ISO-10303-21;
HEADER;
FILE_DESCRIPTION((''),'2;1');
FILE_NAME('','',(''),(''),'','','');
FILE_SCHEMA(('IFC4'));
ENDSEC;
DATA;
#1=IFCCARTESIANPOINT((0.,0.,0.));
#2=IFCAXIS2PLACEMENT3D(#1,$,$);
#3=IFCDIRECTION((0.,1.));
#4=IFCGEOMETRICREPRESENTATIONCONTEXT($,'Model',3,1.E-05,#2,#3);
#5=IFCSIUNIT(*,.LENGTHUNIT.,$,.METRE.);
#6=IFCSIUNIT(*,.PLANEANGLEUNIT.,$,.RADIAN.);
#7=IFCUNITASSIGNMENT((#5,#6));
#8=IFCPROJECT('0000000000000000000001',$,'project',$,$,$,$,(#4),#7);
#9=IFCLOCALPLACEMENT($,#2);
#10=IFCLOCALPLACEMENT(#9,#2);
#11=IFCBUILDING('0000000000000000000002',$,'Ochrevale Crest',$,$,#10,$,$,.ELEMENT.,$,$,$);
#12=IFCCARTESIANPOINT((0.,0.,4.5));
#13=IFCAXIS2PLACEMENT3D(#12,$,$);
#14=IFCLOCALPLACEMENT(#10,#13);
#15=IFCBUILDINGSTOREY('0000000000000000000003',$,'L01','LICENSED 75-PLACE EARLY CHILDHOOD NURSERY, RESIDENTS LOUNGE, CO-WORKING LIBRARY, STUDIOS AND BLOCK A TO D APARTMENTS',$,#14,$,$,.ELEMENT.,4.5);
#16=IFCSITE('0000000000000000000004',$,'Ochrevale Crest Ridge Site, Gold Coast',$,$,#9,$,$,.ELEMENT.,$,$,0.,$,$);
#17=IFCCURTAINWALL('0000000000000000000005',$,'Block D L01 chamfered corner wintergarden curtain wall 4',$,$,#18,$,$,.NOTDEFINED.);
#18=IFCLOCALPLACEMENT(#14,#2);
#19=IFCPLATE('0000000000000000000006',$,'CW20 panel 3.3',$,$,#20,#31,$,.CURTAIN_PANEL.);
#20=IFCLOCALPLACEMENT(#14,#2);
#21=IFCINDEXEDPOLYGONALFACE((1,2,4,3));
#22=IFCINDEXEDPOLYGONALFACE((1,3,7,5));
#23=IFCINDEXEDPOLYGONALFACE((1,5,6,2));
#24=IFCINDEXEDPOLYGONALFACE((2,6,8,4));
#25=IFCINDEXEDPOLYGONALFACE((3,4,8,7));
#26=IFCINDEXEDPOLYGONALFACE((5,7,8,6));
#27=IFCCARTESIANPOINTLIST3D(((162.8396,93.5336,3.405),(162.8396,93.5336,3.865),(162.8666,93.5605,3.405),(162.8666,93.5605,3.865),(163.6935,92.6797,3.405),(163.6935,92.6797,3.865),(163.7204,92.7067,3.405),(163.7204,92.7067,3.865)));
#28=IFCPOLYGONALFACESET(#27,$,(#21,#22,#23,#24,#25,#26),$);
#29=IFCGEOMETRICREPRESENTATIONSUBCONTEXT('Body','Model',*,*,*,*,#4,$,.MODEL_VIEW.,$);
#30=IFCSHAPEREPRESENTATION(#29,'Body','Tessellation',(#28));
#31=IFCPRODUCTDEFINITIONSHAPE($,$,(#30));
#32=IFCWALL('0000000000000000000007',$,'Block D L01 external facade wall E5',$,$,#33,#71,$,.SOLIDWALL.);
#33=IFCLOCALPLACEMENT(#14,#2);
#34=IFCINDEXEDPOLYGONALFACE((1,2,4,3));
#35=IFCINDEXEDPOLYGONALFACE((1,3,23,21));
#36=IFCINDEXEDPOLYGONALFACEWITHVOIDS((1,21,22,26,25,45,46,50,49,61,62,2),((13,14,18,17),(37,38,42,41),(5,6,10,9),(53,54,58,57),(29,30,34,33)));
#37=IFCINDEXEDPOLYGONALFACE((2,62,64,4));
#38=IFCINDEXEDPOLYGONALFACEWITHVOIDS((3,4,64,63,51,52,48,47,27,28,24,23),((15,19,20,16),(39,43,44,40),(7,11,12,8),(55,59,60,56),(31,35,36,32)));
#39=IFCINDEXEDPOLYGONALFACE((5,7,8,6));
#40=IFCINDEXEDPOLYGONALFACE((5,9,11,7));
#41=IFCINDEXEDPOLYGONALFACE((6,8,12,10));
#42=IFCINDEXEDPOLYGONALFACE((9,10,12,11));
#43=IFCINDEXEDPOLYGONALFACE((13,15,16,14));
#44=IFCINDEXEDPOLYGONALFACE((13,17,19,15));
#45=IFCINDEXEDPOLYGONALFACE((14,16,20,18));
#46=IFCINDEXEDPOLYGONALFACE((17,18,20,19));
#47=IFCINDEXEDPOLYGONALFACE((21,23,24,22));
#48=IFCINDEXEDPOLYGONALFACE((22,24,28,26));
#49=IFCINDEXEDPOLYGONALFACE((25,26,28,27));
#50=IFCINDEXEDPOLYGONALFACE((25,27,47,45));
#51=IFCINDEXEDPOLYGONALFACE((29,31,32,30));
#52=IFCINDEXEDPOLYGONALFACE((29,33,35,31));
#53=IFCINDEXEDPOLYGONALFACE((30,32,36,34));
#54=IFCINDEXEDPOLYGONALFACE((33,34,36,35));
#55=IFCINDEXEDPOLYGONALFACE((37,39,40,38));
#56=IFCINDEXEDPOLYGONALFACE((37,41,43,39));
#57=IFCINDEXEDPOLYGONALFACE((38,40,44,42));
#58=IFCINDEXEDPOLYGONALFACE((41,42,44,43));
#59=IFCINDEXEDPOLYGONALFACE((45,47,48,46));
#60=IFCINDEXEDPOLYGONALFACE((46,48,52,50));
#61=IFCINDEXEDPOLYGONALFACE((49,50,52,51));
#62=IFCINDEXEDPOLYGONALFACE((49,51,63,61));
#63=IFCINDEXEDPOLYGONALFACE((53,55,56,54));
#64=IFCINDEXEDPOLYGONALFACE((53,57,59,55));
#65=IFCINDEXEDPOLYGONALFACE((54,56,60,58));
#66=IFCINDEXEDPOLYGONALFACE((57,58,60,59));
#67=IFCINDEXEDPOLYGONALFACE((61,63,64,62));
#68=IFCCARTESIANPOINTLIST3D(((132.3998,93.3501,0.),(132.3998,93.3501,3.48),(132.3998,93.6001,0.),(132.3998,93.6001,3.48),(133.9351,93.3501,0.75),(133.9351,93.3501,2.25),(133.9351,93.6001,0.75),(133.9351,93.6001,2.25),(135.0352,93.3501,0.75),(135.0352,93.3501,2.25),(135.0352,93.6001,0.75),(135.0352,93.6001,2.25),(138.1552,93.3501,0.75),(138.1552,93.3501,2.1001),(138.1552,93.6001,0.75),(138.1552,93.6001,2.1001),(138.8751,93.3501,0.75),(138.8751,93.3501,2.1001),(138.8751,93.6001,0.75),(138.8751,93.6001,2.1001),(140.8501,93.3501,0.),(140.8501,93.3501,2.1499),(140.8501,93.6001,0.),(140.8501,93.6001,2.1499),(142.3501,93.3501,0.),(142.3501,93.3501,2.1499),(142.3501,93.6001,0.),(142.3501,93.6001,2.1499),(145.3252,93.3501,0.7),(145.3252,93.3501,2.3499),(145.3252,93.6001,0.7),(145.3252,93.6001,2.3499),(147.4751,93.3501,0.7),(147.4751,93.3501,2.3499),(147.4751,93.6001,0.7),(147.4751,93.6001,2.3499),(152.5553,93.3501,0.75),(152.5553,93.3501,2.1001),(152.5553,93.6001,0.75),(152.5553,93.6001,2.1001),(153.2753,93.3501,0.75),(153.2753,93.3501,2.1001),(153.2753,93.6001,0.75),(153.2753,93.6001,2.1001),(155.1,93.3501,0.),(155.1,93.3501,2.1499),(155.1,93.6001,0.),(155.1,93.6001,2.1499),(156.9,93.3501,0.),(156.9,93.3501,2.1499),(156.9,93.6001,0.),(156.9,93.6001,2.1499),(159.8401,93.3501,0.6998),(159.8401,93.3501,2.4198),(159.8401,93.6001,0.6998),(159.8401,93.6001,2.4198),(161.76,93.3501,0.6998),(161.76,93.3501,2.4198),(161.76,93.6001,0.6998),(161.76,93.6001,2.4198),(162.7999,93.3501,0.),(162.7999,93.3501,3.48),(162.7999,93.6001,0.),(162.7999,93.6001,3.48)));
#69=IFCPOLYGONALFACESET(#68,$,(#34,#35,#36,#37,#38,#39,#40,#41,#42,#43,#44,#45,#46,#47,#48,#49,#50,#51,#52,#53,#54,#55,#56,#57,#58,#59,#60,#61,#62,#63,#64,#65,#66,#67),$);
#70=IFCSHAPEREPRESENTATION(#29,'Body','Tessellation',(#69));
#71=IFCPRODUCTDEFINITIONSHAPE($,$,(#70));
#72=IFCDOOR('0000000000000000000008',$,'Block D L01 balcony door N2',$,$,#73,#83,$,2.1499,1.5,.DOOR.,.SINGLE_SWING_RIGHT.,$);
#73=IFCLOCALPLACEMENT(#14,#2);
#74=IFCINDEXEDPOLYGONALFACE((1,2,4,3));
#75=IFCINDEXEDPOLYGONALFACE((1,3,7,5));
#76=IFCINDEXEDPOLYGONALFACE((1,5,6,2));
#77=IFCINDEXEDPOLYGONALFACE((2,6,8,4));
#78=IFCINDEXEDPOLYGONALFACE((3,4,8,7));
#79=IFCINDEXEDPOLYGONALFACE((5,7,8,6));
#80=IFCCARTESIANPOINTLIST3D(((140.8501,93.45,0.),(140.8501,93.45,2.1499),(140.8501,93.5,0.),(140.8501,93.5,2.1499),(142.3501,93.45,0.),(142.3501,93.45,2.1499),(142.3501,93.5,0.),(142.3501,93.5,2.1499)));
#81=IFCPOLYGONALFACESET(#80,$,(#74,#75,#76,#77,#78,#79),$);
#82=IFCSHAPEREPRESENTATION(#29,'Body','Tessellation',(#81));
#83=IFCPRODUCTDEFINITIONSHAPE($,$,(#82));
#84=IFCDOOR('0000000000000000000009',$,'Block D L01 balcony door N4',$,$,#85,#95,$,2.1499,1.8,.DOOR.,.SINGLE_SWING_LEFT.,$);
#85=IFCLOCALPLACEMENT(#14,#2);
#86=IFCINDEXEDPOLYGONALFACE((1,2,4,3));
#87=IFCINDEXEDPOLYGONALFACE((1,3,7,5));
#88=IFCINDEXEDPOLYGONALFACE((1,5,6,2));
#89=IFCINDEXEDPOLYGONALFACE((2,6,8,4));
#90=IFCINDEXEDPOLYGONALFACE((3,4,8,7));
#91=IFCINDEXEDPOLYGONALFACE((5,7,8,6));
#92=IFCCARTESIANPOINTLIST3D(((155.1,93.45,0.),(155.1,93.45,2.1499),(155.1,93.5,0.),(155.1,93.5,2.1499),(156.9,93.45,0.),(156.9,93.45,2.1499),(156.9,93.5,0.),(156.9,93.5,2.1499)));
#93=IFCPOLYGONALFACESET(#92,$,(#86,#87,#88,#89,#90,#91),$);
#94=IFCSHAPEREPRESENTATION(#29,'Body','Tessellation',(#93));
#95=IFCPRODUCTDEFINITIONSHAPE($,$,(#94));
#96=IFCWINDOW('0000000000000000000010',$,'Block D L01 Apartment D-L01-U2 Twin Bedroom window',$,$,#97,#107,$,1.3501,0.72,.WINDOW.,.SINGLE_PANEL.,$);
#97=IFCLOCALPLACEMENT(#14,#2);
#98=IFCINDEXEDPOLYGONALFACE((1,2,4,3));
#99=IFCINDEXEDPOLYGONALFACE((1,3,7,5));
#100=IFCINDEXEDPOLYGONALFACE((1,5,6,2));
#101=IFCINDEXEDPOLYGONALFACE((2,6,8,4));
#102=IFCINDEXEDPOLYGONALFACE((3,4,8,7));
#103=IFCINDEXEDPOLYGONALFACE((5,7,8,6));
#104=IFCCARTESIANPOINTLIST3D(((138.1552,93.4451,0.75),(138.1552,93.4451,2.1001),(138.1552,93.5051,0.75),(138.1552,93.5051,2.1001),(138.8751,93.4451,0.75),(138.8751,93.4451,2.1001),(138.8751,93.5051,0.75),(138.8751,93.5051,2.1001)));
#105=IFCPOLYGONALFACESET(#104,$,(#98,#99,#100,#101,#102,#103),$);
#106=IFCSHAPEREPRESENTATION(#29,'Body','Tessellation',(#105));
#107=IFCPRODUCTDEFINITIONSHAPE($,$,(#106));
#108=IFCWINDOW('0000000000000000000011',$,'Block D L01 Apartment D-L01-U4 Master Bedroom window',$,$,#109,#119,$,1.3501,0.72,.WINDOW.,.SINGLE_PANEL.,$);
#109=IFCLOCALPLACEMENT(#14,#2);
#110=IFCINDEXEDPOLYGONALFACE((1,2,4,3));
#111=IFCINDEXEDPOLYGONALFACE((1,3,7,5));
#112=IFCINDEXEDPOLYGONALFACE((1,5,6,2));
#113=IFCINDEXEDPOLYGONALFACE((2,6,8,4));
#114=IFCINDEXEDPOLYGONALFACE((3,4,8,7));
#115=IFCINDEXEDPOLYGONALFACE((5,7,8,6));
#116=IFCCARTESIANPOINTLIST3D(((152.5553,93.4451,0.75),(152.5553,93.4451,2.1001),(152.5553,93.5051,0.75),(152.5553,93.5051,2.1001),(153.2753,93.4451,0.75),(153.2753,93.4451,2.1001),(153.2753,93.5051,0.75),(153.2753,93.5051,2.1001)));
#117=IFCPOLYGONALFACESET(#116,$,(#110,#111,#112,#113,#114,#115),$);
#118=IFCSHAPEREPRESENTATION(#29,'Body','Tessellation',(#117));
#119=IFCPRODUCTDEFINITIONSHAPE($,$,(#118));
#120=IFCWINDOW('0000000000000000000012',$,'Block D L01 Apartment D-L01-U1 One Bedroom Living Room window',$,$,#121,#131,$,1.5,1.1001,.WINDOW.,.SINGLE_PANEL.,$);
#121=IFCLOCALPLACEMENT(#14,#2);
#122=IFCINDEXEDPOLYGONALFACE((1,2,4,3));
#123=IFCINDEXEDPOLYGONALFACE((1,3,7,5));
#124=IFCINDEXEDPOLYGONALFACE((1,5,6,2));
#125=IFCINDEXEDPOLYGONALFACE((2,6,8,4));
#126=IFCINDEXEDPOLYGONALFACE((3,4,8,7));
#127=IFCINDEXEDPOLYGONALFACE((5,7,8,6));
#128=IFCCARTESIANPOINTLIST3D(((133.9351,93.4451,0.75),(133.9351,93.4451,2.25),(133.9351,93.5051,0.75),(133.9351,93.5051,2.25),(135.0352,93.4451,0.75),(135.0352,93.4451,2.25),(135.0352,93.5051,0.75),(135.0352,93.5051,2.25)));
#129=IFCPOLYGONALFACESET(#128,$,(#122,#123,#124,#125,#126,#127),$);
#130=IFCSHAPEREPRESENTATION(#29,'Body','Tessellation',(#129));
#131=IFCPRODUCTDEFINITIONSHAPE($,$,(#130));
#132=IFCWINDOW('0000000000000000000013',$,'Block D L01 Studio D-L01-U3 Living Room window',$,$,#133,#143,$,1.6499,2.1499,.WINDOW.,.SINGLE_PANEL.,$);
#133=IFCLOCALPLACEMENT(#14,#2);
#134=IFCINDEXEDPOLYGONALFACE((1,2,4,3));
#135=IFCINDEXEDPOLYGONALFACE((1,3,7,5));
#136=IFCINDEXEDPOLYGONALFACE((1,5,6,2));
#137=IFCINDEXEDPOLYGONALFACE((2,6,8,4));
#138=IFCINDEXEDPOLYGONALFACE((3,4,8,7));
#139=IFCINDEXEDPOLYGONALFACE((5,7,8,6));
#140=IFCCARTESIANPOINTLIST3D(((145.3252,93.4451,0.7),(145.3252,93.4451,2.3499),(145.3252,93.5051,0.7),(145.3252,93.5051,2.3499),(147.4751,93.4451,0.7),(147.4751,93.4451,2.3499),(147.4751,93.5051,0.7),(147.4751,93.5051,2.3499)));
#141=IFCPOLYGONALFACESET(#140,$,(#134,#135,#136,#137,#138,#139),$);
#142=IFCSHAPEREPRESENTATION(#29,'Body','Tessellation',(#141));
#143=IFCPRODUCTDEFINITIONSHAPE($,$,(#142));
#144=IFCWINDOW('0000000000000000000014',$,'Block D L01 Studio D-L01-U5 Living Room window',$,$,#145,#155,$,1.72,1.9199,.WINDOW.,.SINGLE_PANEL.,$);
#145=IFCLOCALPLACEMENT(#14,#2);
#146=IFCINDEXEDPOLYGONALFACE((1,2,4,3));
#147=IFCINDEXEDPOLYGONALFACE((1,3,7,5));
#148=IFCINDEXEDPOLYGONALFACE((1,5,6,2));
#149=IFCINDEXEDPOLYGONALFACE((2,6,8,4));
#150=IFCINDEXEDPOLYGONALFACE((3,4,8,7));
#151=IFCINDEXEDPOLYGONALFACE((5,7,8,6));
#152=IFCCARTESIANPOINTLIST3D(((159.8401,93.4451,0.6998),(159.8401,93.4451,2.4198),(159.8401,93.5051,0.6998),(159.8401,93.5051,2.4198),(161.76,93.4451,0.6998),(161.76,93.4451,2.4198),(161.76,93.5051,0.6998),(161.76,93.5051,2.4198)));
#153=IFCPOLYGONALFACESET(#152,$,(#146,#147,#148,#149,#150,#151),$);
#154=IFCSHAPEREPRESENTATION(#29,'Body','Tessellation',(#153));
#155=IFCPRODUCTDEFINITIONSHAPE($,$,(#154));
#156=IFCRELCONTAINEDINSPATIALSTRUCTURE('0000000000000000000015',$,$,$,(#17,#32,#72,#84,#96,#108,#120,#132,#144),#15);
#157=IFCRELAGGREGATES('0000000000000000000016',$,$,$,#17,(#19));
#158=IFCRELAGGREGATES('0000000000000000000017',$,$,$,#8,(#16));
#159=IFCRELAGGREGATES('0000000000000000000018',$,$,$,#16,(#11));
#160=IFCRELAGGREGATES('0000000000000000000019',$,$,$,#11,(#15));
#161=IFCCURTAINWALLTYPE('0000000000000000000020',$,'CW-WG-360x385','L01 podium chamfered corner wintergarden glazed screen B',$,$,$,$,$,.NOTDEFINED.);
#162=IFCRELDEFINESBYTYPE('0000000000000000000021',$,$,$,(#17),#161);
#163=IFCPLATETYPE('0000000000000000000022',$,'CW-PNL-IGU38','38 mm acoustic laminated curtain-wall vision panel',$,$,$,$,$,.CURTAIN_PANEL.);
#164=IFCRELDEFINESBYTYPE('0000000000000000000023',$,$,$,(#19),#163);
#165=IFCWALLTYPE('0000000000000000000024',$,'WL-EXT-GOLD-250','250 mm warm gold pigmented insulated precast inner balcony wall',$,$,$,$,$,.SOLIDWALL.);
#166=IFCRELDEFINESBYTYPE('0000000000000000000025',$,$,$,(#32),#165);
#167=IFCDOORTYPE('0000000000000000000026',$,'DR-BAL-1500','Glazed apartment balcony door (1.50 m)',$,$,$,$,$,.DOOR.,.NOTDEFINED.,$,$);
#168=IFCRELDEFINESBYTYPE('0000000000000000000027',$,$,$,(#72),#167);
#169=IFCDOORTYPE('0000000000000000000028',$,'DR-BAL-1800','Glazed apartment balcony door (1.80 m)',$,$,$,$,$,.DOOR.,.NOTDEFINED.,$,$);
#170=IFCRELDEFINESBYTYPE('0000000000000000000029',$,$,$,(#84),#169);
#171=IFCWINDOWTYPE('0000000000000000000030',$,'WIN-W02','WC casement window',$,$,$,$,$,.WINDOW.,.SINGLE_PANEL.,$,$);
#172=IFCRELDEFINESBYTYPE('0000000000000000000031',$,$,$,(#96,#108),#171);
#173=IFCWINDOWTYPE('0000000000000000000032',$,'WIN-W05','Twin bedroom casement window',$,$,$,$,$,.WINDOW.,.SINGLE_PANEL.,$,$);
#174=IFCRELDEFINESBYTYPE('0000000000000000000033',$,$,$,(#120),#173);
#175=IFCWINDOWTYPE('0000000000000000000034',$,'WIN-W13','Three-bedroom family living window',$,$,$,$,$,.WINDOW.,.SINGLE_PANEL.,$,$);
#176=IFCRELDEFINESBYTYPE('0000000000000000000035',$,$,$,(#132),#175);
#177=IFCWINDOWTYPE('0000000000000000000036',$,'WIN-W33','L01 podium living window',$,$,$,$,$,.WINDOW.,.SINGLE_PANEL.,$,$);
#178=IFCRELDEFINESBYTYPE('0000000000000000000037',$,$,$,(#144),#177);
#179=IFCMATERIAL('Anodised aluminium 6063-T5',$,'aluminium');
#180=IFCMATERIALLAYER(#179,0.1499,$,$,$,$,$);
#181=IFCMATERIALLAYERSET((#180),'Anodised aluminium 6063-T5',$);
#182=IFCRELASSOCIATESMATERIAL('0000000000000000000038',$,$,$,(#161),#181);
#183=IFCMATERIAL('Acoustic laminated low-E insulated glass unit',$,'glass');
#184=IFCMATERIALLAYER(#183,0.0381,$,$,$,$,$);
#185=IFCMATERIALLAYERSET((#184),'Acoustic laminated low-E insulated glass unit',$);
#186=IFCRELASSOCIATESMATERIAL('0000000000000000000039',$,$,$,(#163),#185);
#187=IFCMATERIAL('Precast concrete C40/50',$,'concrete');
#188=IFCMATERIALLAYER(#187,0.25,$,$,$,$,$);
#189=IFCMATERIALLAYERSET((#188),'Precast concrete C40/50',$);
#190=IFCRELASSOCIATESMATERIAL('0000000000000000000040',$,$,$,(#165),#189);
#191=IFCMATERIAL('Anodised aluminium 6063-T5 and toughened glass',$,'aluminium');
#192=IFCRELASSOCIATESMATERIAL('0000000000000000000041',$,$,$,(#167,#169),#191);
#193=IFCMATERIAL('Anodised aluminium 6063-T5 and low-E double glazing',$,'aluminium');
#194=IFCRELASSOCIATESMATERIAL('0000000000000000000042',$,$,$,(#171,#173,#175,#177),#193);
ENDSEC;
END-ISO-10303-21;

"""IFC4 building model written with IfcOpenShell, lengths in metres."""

from ifc_helpers import new_model, si_unit, direction, frame, frame_2d, origin, origin_2d, place, context, subcontext, project, spatial, rectangle, extrude, material, layer, layer_set, type_object, element, fill, aggregate, save


model = new_model("IFC4")

# Units and contexts
model_context = context("Model", 3, precision=1e-05, world=origin(), true_north=direction((0.0, 1.0)))
body_context = subcontext(model_context, "Body", "Model", "MODEL_VIEW")
ifc_project = project(units=[si_unit("LENGTHUNIT", "METRE"), si_unit("PLANEANGLEUNIT", "RADIAN")], contexts=[model_context])

# Site, building, storey
site_placement = place(None, origin())
site = spatial("IfcSite", under=ifc_project, at=site_placement, Name="Ochrevale Crest Ridge Site, Gold Coast", CompositionType="ELEMENT", RefElevation=0.0)
building_placement = place(site_placement, origin())
building = spatial("IfcBuilding", under=site, at=building_placement, Name="Ochrevale Crest", CompositionType="ELEMENT")
storey_placement = place(building_placement, frame((0.0, 0.0, 4.5)))
storey = spatial("IfcBuildingStorey", under=building, at=storey_placement, Name="L01", Description="LICENSED 75-PLACE EARLY CHILDHOOD NURSERY, RESIDENTS LOUNGE, CO-WORKING LIBRARY, STUDIOS AND BLOCK A TO D APARTMENTS", CompositionType="ELEMENT", Elevation=4.5)

# Curtain wall, plate
ifc_material_1 = material(Name="Anodised aluminium 6063-T5", Category="aluminium")
ifc_layer_1 = layer(ifc_material_1, 0.1499)
ifc_layer_set_1 = layer_set([ifc_layer_1], Name="Anodised aluminium 6063-T5")
curtain_wall_type = type_object("IfcCurtainWallType", Name="CW-WG-360x385", Description="L01 podium chamfered corner wintergarden glazed screen B", PredefinedType="NOTDEFINED", material=ifc_layer_set_1)
curtain_wall_placement = place(storey_placement, origin())
curtain_wall = element("IfcCurtainWall", 1, at=curtain_wall_placement, inside=storey, type_object=curtain_wall_type, Name="Block D L01 chamfered corner wintergarden curtain wall 4", PredefinedType="NOTDEFINED")
ifc_material_2 = material(Name="Acoustic laminated low-E insulated glass unit", Category="glass")
ifc_layer_2 = layer(ifc_material_2, 0.0381)
ifc_layer_set_2 = layer_set([ifc_layer_2], Name="Acoustic laminated low-E insulated glass unit")
plate_type = type_object("IfcPlateType", Name="CW-PNL-IGU38", Description="38 mm acoustic laminated curtain-wall vision panel", PredefinedType="CURTAIN_PANEL", material=ifc_layer_set_2)
plate_1_placement = place(storey_placement, frame((163.28, 93.1201, 3.405), z_axis=(0.0, 0.0, 1.0), x_axis=(-0.707107, 0.707107, 0.0)))
plate_1 = element("IfcPlate", 2, at=plate_1_placement, type_object=plate_type, Name="CW20 panel 3.3", PredefinedType="CURTAIN_PANEL", context=body_context, shape_type="SweptSolid", body=[
    extrude(rectangle(XDim=1.2075, YDim=0.0381, at=origin_2d()), origin(), (0.0, 0.0, 1.0), 0.46),
])
aggregate(curtain_wall, [plate_1])

# Wall, openings, doors, windows
ifc_material_3 = material(Name="Precast concrete C40/50", Category="concrete")
ifc_layer_3 = layer(ifc_material_3, 0.25)
ifc_layer_set_3 = layer_set([ifc_layer_3], Name="Precast concrete C40/50")
wall_type = type_object("IfcWallType", Name="WL-EXT-GOLD-250", Description="250 mm warm gold pigmented insulated precast inner balcony wall", PredefinedType="SOLIDWALL", material=ifc_layer_set_3)
wall_placement = place(storey_placement, frame((162.8, 93.4751, 0.0), z_axis=(0.0, 0.0, 1.0), x_axis=(-1.0, 0.0, 0.0)))
wall = element("IfcWall", 3, at=wall_placement, inside=storey, type_object=wall_type, Name="Block D L01 external facade wall E5", PredefinedType="SOLIDWALL", context=body_context, shape_type="SweptSolid", body=[
    extrude(rectangle(XDim=30.4001, YDim=0.25, at=frame_2d((15.2002, 0.0))), origin(), (0.0, 0.0, 1.0), 3.48),
])
opening_1_placement = place(wall_placement, frame((21.95, 0.0, 0.0), z_axis=(0.0, 0.0, 1.0), x_axis=(-1.0, 0.0, 0.0)))
opening_1 = element("IfcOpeningElement", 4, at=opening_1_placement, cuts=wall, PredefinedType="OPENING", context=body_context, shape_type="SweptSolid", body=[
    extrude(rectangle(XDim=1.5, YDim=2.1499, at=frame_2d((0.75, 1.075))), frame((0.0, 0.135, 0.0), z_axis=(0.0, -1.0, 0.0), x_axis=(1.0, 0.0, 0.0)), (0.0, 0.0, 1.0), 0.27),
])
opening_2_placement = place(wall_placement, frame((7.7, 0.0, 0.0), z_axis=(0.0, 0.0, 1.0), x_axis=(-1.0, 0.0, 0.0)))
opening_2 = element("IfcOpeningElement", 5, at=opening_2_placement, cuts=wall, PredefinedType="OPENING", context=body_context, shape_type="SweptSolid", body=[
    extrude(rectangle(XDim=1.8, YDim=2.1499, at=frame_2d((0.8999, 1.075))), frame((0.0, 0.135, 0.0), z_axis=(0.0, -1.0, 0.0), x_axis=(1.0, 0.0, 0.0)), (0.0, 0.0, 1.0), 0.27),
])
opening_3_placement = place(wall_placement, frame((27.7649, 0.0, 0.75)))
opening_3 = element("IfcOpeningElement", 6, at=opening_3_placement, cuts=wall, PredefinedType="OPENING", context=body_context, shape_type="SweptSolid", body=[
    extrude(rectangle(XDim=1.1001, YDim=1.5, at=frame_2d((0.55, 0.75))), frame((0.0, 0.135, 0.0), z_axis=(0.0, -1.0, 0.0), x_axis=(1.0, 0.0, 0.0)), (0.0, 0.0, 1.0), 0.27),
])
opening_4_placement = place(wall_placement, frame((23.925, 0.0, 0.75)))
opening_4 = element("IfcOpeningElement", 7, at=opening_4_placement, cuts=wall, PredefinedType="OPENING", context=body_context, shape_type="SweptSolid", body=[
    extrude(rectangle(XDim=0.72, YDim=1.3501, at=frame_2d((0.3599, 0.675))), frame((0.0, 0.135, 0.0), z_axis=(0.0, -1.0, 0.0), x_axis=(1.0, 0.0, 0.0)), (0.0, 0.0, 1.0), 0.27),
])
opening_5_placement = place(wall_placement, frame((15.325, 0.0, 0.7)))
opening_5 = element("IfcOpeningElement", 8, at=opening_5_placement, cuts=wall, PredefinedType="OPENING", context=body_context, shape_type="SweptSolid", body=[
    extrude(rectangle(XDim=2.1499, YDim=1.6499, at=frame_2d((1.075, 0.825))), frame((0.0, 0.135, 0.0), z_axis=(0.0, -1.0, 0.0), x_axis=(1.0, 0.0, 0.0)), (0.0, 0.0, 1.0), 0.27),
])
opening_6_placement = place(wall_placement, frame((9.5249, 0.0, 0.75)))
opening_6 = element("IfcOpeningElement", 9, at=opening_6_placement, cuts=wall, PredefinedType="OPENING", context=body_context, shape_type="SweptSolid", body=[
    extrude(rectangle(XDim=0.72, YDim=1.3501, at=frame_2d((0.3599, 0.675))), frame((0.0, 0.135, 0.0), z_axis=(0.0, -1.0, 0.0), x_axis=(1.0, 0.0, 0.0)), (0.0, 0.0, 1.0), 0.27),
])
opening_7_placement = place(wall_placement, frame((1.04, 0.0, 0.7)))
opening_7 = element("IfcOpeningElement", 10, at=opening_7_placement, cuts=wall, PredefinedType="OPENING", context=body_context, shape_type="SweptSolid", body=[
    extrude(rectangle(XDim=1.9199, YDim=1.72, at=frame_2d((0.96, 0.8599))), frame((0.0, 0.135, 0.0), z_axis=(0.0, -1.0, 0.0), x_axis=(1.0, 0.0, 0.0)), (0.0, 0.0, 1.0), 0.27),
])
ifc_material_4 = material(Name="Anodised aluminium 6063-T5 and toughened glass", Category="aluminium")
door_type_1 = type_object("IfcDoorType", Name="DR-BAL-1500", Description="Glazed apartment balcony door (1.50 m)", OperationType="NOTDEFINED", PredefinedType="DOOR", material=ifc_material_4)
door_1_placement = place(opening_1_placement, origin())
door_1 = element("IfcDoor", 11, at=door_1_placement, inside=storey, type_object=door_type_1, Name="Block D L01 balcony door N2", OperationType="SINGLE_SWING_RIGHT", OverallHeight=2.1499, OverallWidth=1.5, PredefinedType="DOOR", context=body_context, shape_type="SweptSolid", body=[
    extrude(rectangle(XDim=1.5, YDim=2.1499, at=frame_2d((0.75, 1.075))), frame((0.0, 0.0249, 0.0), z_axis=(0.0, -1.0, 0.0), x_axis=(1.0, 0.0, 0.0)), (0.0, 0.0, 1.0), 0.05),
])
fill(opening_1, door_1)
door_type_2 = type_object("IfcDoorType", Name="DR-BAL-1800", Description="Glazed apartment balcony door (1.80 m)", OperationType="NOTDEFINED", PredefinedType="DOOR", material=ifc_material_4)
door_2_placement = place(opening_2_placement, origin())
door_2 = element("IfcDoor", 12, at=door_2_placement, inside=storey, type_object=door_type_2, Name="Block D L01 balcony door N4", OperationType="SINGLE_SWING_LEFT", OverallHeight=2.1499, OverallWidth=1.8, PredefinedType="DOOR", context=body_context, shape_type="SweptSolid", body=[
    extrude(rectangle(XDim=1.8, YDim=2.1499, at=frame_2d((0.8999, 1.075))), frame((0.0, 0.0249, 0.0), z_axis=(0.0, -1.0, 0.0), x_axis=(1.0, 0.0, 0.0)), (0.0, 0.0, 1.0), 0.05),
])
fill(opening_2, door_2)
ifc_material_5 = material(Name="Anodised aluminium 6063-T5 and low-E double glazing", Category="aluminium")
window_type_1 = type_object("IfcWindowType", Name="WIN-W02", Description="WC casement window", PartitioningType="SINGLE_PANEL", PredefinedType="WINDOW", material=ifc_material_5)
window_1_placement = place(opening_4_placement, origin())
window_1 = element("IfcWindow", 13, at=window_1_placement, inside=storey, type_object=window_type_1, Name="Block D L01 Apartment D-L01-U2 Twin Bedroom window", OverallHeight=1.3501, OverallWidth=0.72, PartitioningType="SINGLE_PANEL", PredefinedType="WINDOW", context=body_context, shape_type="SweptSolid", body=[
    extrude(rectangle(XDim=0.72, YDim=1.3501, at=frame_2d((0.3599, 0.675))), frame((0.0, 0.03, 0.0), z_axis=(0.0, -1.0, 0.0), x_axis=(1.0, 0.0, 0.0)), (0.0, 0.0, 1.0), 0.0601),
])
fill(opening_4, window_1)
window_2_placement = place(opening_6_placement, origin())
window_2 = element("IfcWindow", 14, at=window_2_placement, inside=storey, type_object=window_type_1, Name="Block D L01 Apartment D-L01-U4 Master Bedroom window", OverallHeight=1.3501, OverallWidth=0.72, PartitioningType="SINGLE_PANEL", PredefinedType="WINDOW", context=body_context, shape_type="SweptSolid", body=[
    extrude(rectangle(XDim=0.72, YDim=1.3501, at=frame_2d((0.3599, 0.675))), frame((0.0, 0.03, 0.0), z_axis=(0.0, -1.0, 0.0), x_axis=(1.0, 0.0, 0.0)), (0.0, 0.0, 1.0), 0.0601),
])
fill(opening_6, window_2)
window_type_2 = type_object("IfcWindowType", Name="WIN-W05", Description="Twin bedroom casement window", PartitioningType="SINGLE_PANEL", PredefinedType="WINDOW", material=ifc_material_5)
window_3_placement = place(opening_3_placement, origin())
window_3 = element("IfcWindow", 15, at=window_3_placement, inside=storey, type_object=window_type_2, Name="Block D L01 Apartment D-L01-U1 One Bedroom Living Room window", OverallHeight=1.5, OverallWidth=1.1001, PartitioningType="SINGLE_PANEL", PredefinedType="WINDOW", context=body_context, shape_type="SweptSolid", body=[
    extrude(rectangle(XDim=1.1001, YDim=1.5, at=frame_2d((0.55, 0.75))), frame((0.0, 0.03, 0.0), z_axis=(0.0, -1.0, 0.0), x_axis=(1.0, 0.0, 0.0)), (0.0, 0.0, 1.0), 0.0601),
])
fill(opening_3, window_3)
window_type_3 = type_object("IfcWindowType", Name="WIN-W13", Description="Three-bedroom family living window", PartitioningType="SINGLE_PANEL", PredefinedType="WINDOW", material=ifc_material_5)
window_4_placement = place(opening_5_placement, origin())
window_4 = element("IfcWindow", 16, at=window_4_placement, inside=storey, type_object=window_type_3, Name="Block D L01 Studio D-L01-U3 Living Room window", OverallHeight=1.6499, OverallWidth=2.1499, PartitioningType="SINGLE_PANEL", PredefinedType="WINDOW", context=body_context, shape_type="SweptSolid", body=[
    extrude(rectangle(XDim=2.1499, YDim=1.6499, at=frame_2d((1.075, 0.825))), frame((0.0, 0.03, 0.0), z_axis=(0.0, -1.0, 0.0), x_axis=(1.0, 0.0, 0.0)), (0.0, 0.0, 1.0), 0.0601),
])
fill(opening_5, window_4)
window_type_4 = type_object("IfcWindowType", Name="WIN-W33", Description="L01 podium living window", PartitioningType="SINGLE_PANEL", PredefinedType="WINDOW", material=ifc_material_5)
window_5_placement = place(opening_7_placement, origin())
window_5 = element("IfcWindow", 17, at=window_5_placement, inside=storey, type_object=window_type_4, Name="Block D L01 Studio D-L01-U5 Living Room window", OverallHeight=1.72, OverallWidth=1.9199, PartitioningType="SINGLE_PANEL", PredefinedType="WINDOW", context=body_context, shape_type="SweptSolid", body=[
    extrude(rectangle(XDim=1.9199, YDim=1.72, at=frame_2d((0.96, 0.8599))), frame((0.0, 0.03, 0.0), z_axis=(0.0, -1.0, 0.0), x_axis=(1.0, 0.0, 0.0)), (0.0, 0.0, 1.0), 0.0601),
])
fill(opening_7, window_5)

save(model, "model.ifc")
